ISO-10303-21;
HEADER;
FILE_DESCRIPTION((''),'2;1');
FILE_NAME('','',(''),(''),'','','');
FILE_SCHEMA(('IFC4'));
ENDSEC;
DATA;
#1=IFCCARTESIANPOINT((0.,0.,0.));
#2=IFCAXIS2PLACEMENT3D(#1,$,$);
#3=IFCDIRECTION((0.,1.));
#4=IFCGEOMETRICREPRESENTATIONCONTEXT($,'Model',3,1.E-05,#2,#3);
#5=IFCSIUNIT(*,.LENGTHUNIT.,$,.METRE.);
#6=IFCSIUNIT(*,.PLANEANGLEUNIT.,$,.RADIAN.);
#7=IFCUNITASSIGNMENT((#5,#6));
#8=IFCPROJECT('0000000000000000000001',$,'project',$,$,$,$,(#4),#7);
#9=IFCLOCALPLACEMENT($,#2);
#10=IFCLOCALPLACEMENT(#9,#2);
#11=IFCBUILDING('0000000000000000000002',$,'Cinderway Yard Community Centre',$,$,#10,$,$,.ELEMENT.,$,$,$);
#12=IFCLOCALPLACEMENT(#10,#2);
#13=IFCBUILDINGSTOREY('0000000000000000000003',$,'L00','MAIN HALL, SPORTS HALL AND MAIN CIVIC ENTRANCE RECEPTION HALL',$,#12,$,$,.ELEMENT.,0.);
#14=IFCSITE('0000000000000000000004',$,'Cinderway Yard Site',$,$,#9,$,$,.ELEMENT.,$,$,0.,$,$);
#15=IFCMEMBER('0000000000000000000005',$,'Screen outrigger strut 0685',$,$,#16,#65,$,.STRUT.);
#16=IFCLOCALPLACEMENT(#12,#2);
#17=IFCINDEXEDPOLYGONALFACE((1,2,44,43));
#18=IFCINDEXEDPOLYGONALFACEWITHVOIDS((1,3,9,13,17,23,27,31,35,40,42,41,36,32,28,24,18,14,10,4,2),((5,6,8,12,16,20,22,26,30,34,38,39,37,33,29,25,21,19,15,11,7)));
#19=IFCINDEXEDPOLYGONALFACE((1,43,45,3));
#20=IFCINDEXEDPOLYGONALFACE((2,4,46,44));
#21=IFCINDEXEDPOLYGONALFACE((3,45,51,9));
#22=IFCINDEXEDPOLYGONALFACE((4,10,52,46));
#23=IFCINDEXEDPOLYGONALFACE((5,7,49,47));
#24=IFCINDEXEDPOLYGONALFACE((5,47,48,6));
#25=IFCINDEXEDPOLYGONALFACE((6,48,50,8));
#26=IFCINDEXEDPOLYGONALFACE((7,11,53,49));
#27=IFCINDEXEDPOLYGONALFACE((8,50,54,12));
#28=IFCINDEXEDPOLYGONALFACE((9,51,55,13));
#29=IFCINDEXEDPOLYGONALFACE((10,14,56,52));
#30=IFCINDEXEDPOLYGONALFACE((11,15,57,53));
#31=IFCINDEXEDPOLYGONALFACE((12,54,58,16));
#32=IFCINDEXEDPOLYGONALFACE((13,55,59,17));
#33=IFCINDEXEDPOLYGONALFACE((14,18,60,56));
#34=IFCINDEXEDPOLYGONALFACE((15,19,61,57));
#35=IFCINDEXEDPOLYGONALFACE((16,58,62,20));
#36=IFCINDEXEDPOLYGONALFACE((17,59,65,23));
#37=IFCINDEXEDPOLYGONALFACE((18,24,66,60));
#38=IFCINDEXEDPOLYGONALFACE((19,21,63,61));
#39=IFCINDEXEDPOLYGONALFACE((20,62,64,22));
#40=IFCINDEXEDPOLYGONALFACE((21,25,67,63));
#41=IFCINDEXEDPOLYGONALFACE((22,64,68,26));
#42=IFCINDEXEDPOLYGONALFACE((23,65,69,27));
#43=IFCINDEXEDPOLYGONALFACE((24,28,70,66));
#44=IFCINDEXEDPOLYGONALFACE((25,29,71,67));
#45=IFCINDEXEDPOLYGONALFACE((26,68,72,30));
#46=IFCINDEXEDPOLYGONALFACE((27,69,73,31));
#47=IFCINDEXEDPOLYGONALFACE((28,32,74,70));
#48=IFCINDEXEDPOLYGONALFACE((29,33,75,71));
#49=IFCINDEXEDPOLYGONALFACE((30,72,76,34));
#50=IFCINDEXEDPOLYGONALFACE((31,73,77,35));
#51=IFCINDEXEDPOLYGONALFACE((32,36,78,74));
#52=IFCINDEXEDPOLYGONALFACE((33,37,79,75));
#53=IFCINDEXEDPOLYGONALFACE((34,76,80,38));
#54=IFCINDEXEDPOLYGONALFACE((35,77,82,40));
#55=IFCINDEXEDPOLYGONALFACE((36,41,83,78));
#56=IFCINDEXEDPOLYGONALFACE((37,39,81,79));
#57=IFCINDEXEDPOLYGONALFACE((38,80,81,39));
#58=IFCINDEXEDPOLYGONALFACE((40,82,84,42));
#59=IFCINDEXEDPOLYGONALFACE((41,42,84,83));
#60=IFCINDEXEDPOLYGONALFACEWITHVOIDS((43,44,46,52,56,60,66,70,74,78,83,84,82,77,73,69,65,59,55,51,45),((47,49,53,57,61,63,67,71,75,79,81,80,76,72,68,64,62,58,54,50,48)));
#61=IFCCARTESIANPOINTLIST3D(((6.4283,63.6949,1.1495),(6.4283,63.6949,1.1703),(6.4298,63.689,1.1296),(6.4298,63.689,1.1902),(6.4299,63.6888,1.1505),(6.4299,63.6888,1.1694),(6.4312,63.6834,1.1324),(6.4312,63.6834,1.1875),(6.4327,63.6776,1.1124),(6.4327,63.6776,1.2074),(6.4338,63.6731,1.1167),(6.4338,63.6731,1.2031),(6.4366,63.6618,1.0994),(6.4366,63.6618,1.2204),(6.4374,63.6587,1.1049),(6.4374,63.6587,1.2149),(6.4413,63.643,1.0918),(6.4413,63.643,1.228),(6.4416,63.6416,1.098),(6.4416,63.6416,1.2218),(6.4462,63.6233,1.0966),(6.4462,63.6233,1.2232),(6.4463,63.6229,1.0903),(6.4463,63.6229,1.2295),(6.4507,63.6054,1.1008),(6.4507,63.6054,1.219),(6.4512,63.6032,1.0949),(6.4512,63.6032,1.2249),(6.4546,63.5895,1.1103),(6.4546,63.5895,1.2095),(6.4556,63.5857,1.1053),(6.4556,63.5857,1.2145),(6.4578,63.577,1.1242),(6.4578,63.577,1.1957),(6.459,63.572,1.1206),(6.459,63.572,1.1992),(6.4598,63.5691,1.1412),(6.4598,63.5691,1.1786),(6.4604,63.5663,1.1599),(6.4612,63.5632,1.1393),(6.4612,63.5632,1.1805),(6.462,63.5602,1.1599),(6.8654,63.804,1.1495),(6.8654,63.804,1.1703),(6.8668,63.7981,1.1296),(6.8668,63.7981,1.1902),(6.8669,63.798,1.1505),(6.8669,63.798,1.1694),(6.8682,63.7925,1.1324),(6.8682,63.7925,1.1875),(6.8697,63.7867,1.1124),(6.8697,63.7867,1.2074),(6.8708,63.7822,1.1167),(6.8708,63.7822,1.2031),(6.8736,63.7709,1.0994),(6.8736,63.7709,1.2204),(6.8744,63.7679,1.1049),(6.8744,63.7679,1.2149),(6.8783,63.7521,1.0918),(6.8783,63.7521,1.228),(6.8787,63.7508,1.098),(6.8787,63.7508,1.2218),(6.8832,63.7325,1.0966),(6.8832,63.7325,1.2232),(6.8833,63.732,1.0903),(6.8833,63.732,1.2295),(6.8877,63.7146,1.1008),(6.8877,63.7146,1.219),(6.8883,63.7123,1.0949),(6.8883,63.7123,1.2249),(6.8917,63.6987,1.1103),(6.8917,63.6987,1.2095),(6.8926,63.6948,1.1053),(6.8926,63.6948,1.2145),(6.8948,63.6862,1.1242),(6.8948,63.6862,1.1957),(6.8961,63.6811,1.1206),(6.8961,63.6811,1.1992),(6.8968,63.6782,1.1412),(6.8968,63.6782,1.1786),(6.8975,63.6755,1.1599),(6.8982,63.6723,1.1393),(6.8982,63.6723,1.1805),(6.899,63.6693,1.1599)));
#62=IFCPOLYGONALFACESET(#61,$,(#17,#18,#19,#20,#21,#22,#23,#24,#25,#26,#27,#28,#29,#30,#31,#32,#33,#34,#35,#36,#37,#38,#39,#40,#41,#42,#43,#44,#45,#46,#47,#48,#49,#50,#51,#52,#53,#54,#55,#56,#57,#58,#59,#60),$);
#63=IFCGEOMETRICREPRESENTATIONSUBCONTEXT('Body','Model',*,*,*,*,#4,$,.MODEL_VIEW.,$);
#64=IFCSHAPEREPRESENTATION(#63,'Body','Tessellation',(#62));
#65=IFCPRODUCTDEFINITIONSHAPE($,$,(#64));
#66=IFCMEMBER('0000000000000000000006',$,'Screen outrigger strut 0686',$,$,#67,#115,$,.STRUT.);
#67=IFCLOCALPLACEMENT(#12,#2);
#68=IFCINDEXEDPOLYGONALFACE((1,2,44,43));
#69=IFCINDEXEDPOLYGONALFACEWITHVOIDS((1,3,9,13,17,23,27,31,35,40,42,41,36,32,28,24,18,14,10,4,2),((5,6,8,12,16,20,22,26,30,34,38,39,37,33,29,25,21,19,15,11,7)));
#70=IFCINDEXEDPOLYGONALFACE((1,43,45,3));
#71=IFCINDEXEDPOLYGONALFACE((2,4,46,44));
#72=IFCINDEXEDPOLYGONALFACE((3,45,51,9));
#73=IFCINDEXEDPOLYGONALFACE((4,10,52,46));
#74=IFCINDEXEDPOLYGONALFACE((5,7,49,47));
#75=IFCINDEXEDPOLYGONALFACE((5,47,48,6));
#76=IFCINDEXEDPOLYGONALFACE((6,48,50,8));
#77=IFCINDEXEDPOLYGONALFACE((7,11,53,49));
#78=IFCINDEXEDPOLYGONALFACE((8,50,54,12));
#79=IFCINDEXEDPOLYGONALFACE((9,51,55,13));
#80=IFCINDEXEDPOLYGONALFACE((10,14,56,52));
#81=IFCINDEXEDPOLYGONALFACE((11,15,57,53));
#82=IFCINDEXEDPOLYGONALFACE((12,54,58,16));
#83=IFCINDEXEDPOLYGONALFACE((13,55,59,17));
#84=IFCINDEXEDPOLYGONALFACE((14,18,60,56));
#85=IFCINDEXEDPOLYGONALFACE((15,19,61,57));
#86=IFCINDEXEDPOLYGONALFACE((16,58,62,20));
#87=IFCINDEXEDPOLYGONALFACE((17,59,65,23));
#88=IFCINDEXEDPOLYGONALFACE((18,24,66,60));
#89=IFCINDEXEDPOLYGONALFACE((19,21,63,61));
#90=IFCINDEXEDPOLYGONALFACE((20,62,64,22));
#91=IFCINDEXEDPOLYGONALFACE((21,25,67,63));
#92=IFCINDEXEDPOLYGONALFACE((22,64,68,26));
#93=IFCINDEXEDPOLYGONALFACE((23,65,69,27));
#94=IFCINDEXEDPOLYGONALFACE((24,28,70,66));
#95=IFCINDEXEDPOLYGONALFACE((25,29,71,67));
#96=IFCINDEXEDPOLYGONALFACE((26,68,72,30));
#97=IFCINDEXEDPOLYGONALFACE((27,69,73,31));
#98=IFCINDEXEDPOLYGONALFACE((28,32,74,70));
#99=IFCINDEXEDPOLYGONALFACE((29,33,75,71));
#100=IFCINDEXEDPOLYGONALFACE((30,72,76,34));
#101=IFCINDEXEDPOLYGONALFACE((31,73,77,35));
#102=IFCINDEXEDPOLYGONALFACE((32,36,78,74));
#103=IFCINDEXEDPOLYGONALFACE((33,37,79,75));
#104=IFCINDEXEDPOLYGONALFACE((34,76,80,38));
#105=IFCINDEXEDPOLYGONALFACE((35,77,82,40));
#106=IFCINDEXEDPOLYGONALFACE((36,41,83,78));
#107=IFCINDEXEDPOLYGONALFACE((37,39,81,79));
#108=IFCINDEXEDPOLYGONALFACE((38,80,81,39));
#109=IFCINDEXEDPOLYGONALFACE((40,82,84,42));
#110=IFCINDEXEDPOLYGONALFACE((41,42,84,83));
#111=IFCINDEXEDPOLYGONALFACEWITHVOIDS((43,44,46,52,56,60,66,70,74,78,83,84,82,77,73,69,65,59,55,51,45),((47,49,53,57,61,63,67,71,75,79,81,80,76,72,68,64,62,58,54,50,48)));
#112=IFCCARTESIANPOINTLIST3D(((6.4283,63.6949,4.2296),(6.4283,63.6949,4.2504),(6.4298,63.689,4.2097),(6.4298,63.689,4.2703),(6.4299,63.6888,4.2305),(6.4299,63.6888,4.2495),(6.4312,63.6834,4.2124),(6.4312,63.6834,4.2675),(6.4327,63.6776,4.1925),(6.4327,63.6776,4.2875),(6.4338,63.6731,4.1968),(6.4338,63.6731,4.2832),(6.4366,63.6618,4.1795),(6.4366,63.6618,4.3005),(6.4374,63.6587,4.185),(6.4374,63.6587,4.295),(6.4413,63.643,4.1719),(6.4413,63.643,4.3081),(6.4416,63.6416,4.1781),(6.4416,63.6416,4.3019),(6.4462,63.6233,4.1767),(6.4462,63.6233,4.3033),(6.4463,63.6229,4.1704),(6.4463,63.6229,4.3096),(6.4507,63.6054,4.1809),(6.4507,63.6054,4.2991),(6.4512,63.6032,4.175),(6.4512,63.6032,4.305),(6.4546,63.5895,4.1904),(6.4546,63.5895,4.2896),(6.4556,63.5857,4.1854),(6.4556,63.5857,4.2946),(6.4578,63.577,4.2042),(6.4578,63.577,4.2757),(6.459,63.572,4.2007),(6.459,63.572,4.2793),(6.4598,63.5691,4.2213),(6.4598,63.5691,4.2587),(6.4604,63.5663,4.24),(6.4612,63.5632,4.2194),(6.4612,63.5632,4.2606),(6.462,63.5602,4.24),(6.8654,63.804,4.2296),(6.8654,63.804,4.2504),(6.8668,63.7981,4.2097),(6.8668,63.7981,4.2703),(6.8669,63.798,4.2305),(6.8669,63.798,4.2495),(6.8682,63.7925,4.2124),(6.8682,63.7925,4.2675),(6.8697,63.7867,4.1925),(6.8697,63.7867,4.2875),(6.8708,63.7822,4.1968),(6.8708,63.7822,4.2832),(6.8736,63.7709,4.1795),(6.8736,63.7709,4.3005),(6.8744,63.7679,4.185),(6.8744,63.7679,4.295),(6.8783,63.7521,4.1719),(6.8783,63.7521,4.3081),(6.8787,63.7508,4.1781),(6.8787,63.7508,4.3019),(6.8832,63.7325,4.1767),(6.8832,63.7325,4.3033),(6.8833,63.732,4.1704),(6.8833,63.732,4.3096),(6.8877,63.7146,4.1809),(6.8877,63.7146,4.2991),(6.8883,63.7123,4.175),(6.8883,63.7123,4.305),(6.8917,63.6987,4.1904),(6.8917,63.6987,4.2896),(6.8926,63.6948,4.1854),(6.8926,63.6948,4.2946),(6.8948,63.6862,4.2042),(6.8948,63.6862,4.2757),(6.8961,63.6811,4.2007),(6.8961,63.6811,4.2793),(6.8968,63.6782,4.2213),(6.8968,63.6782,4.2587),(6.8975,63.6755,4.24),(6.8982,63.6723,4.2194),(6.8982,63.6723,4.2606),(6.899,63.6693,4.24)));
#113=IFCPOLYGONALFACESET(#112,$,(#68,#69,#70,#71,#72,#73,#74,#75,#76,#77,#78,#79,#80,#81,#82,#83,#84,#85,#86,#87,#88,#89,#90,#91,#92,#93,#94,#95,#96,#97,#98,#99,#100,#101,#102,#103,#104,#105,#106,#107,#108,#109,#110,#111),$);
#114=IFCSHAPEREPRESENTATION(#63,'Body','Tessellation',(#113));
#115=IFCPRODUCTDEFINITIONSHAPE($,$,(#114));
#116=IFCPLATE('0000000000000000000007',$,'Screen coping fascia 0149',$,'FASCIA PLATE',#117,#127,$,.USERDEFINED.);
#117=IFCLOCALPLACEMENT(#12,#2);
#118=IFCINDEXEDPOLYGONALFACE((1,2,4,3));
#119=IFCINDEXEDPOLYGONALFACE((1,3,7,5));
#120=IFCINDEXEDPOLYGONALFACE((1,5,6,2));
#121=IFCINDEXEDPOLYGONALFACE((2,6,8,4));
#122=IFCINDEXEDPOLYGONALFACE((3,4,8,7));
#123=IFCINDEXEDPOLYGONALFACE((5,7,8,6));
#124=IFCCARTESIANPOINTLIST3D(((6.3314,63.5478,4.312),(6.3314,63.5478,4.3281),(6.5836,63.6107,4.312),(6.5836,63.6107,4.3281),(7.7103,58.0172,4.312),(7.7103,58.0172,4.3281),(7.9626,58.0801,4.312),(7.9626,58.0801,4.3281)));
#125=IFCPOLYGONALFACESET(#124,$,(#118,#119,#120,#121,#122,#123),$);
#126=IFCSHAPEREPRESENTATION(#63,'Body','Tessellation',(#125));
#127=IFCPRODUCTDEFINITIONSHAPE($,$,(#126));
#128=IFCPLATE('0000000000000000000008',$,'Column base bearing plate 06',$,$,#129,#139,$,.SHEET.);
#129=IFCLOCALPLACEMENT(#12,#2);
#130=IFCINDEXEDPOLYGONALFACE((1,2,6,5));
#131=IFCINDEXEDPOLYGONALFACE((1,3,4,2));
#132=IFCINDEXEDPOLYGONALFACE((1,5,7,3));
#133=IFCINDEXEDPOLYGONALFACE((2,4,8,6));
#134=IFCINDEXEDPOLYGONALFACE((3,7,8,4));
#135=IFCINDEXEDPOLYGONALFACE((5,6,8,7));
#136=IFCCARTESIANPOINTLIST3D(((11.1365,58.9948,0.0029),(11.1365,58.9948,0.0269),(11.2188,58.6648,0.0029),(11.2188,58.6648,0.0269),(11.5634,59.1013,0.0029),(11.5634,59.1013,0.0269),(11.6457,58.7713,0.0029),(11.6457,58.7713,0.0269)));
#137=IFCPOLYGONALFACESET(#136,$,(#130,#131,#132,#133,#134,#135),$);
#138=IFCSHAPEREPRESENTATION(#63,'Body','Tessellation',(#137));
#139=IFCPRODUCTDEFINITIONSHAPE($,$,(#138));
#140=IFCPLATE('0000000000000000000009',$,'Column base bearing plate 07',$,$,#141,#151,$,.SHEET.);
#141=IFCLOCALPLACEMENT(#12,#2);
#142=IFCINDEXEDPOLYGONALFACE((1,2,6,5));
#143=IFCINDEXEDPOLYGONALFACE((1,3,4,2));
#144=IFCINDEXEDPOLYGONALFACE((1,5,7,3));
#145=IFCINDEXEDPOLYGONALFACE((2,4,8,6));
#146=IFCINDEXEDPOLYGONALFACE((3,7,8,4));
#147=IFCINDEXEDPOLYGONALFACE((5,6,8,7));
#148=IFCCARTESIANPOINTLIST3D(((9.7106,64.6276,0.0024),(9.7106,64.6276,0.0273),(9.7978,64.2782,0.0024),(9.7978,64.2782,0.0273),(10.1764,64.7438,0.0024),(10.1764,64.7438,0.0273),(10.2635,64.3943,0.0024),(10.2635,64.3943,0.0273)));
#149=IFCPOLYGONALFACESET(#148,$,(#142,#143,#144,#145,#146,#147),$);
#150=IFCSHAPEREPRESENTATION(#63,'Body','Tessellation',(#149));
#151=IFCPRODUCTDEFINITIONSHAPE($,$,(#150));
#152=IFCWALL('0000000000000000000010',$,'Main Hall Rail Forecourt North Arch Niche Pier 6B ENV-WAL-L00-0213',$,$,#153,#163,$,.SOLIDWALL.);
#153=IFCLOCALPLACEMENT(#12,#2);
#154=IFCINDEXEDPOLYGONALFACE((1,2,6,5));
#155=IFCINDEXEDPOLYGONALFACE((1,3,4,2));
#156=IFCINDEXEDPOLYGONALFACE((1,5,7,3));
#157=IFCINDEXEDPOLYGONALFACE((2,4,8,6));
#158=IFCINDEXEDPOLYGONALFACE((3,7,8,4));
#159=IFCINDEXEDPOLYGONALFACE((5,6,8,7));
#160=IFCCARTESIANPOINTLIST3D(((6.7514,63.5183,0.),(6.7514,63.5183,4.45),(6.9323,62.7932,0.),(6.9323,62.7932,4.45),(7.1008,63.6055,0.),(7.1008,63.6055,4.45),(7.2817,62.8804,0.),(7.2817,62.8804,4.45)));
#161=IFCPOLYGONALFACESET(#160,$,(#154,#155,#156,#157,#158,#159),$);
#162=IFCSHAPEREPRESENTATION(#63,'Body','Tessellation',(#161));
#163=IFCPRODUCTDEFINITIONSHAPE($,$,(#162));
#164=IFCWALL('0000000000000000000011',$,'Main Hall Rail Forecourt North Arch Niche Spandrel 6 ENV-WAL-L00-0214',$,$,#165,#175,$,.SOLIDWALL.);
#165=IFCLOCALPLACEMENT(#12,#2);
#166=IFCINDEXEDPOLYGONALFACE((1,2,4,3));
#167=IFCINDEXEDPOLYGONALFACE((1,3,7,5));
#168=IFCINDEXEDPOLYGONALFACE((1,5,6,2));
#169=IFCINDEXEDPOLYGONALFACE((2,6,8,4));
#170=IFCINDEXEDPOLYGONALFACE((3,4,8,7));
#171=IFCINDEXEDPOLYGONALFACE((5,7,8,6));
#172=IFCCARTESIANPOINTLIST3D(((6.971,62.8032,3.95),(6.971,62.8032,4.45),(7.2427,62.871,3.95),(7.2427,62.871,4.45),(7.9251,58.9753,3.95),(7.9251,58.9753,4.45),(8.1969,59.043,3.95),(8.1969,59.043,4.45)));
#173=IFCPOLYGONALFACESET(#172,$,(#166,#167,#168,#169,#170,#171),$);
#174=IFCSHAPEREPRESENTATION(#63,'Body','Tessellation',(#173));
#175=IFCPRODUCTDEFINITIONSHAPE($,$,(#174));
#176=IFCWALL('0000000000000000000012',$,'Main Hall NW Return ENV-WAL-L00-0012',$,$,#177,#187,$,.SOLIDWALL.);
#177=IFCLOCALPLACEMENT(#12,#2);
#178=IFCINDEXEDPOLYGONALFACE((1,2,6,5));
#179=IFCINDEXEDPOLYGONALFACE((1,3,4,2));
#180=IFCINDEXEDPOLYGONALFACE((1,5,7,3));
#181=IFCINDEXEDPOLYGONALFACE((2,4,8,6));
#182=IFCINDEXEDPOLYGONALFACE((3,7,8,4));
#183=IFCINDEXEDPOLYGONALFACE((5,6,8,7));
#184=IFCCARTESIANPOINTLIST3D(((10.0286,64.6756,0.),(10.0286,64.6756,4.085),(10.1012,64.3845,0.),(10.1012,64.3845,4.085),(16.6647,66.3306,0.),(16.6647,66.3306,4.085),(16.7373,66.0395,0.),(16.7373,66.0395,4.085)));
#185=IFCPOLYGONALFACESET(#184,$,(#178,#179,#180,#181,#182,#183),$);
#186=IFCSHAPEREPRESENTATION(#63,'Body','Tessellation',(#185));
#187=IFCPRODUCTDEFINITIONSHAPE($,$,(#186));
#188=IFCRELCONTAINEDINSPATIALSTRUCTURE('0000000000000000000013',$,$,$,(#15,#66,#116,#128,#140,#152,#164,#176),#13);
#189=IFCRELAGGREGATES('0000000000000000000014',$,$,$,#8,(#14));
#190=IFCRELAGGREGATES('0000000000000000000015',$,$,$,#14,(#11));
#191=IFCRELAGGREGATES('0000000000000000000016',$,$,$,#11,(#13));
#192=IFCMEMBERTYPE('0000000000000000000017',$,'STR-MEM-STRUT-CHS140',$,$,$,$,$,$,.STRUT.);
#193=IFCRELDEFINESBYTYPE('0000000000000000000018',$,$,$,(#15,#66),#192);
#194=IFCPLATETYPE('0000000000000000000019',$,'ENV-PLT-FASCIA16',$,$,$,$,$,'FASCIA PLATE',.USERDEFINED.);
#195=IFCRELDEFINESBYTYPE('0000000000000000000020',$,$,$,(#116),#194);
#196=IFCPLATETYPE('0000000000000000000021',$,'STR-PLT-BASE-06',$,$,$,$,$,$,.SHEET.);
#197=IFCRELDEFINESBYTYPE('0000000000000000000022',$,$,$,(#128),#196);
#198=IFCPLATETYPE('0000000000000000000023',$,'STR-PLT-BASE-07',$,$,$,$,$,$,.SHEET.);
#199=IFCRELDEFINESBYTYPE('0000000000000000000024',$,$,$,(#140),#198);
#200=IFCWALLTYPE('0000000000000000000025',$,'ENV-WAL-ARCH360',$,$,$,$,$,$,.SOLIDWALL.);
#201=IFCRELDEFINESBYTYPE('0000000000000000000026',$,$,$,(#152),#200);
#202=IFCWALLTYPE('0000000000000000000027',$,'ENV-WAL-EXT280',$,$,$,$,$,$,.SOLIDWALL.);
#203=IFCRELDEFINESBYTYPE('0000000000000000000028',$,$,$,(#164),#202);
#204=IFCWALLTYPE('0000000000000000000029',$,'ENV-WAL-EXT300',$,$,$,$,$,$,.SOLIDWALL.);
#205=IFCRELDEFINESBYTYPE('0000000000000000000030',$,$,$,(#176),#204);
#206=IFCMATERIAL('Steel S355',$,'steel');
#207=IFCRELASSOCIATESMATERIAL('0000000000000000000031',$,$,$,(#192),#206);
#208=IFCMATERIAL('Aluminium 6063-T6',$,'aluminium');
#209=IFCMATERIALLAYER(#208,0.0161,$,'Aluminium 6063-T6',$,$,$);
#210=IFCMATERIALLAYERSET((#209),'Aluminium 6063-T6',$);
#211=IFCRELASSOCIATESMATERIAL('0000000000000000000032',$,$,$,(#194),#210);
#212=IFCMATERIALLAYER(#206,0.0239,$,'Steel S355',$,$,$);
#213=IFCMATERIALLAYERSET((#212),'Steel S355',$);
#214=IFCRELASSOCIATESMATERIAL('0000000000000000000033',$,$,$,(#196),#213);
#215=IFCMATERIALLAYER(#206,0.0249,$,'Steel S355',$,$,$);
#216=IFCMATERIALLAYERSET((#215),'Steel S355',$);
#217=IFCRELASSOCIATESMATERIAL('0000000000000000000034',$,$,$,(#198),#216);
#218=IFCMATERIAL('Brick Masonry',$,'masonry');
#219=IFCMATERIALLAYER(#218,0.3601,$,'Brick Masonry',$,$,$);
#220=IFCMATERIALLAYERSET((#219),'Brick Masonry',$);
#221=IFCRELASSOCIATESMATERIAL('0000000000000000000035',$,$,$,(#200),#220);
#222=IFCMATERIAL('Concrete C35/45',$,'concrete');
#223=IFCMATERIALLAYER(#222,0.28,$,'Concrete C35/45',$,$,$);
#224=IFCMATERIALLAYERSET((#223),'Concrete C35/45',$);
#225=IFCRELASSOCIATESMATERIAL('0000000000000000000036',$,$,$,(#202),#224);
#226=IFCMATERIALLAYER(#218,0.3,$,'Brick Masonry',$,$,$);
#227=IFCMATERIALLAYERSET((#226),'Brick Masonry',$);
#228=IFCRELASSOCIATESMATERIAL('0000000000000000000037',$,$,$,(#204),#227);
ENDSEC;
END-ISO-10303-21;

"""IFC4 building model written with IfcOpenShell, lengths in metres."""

from ifc_helpers import new_model, si_unit, direction, frame, frame_2d, origin, origin_2d, place, context, subcontext, project, spatial, rectangle, hollow_circle, extrude, material, layer, layer_set, material_profile, profile_set, type_object, element, save


model = new_model("IFC4")

# Units and contexts
model_context = context("Model", 3, precision=1e-05, world=origin(), true_north=direction((0.0, 1.0)))
body_context = subcontext(model_context, "Body", "Model", "MODEL_VIEW")
ifc_project = project(units=[si_unit("LENGTHUNIT", "METRE"), si_unit("PLANEANGLEUNIT", "RADIAN")], contexts=[model_context])

# Site, building, storey
site_placement = place(None, origin())
site = spatial("IfcSite", under=ifc_project, at=site_placement, Name="Cinderway Yard Site", CompositionType="ELEMENT", RefElevation=0.0)
building_placement = place(site_placement, origin())
building = spatial("IfcBuilding", under=site, at=building_placement, Name="Cinderway Yard Community Centre", CompositionType="ELEMENT")
storey_placement = place(building_placement, origin())
storey = spatial("IfcBuildingStorey", under=building, at=storey_placement, Name="L00", Description="MAIN HALL, SPORTS HALL AND MAIN CIVIC ENTRANCE RECEPTION HALL", CompositionType="ELEMENT", Elevation=0.0)

# Members
ifc_material_1 = material(Name="Steel S355", Category="steel")
ifc_material_profile_1 = material_profile(ifc_material_1, hollow_circle(Radius=0.0698, WallThickness=0.0063, at=origin_2d()), Name="Steel S355")
ifc_profile_set_1 = profile_set([ifc_material_profile_1], Name="Steel S355")
member_type_1 = type_object("IfcMemberType", Name="STR-MEM-STRUT-CHS140", PredefinedType="STRUT", material=ifc_profile_set_1)
for number, where, z_axis, x_axis, name in (
    (1, (6.8821, 63.7371, 1.1599), (-0.970206, -0.242281, 0.0), (0.242281, -0.970206, 0.0), "Screen outrigger strut 0685"),
    (2, (6.8821, 63.7371, 4.24), (-0.970206, -0.242281, 0.0), (0.242281, -0.970206, 0.0), "Screen outrigger strut 0686"),
):
    element("IfcMember", number, at=place(storey_placement, frame(where, z_axis=z_axis, x_axis=x_axis)), inside=storey, type_object=member_type_1, Name=name, PredefinedType="STRUT", context=body_context, shape_type="SweptSolid", body=[
        extrude(hollow_circle(Radius=0.0698, WallThickness=0.0063, at=origin_2d()), origin(), (0.0, 0.0, 1.0), 0.4504),
    ])

# Plates
ifc_material_2 = material(Name="Aluminium 6063-T6", Category="aluminium")
ifc_layer_1 = layer(ifc_material_2, 0.0161, Name="Aluminium 6063-T6")
ifc_layer_set_1 = layer_set([ifc_layer_1], Name="Aluminium 6063-T6")
plate_type_1 = type_object("IfcPlateType", Name="ENV-PLT-FASCIA16", ElementType="FASCIA PLATE", PredefinedType="USERDEFINED", material=ifc_layer_set_1)
plate_1_placement = place(storey_placement, frame((7.147, 60.814, 4.312), z_axis=(0.0, 0.0, 1.0), x_axis=(-0.241922, 0.970296, 0.0)))
element("IfcPlate", 3, at=plate_1_placement, inside=storey, type_object=plate_type_1, Name="Screen coping fascia 0149", ObjectType="FASCIA PLATE", PredefinedType="USERDEFINED", context=body_context, shape_type="SweptSolid", body=[
    extrude(rectangle(XDim=5.7, YDim=0.26, at=origin_2d()), origin(), (0.0, 0.0, 1.0), 0.0161),
])
ifc_layer_2 = layer(ifc_material_1, 0.0239, Name="Steel S355")
ifc_layer_set_2 = layer_set([ifc_layer_2], Name="Steel S355")
plate_type_2 = type_object("IfcPlateType", Name="STR-PLT-BASE-06", PredefinedType="SHEET", material=ifc_layer_set_2)
plate_2_placement = place(storey_placement, frame((11.3911, 58.8831, 0.0029), z_axis=(0.0, 0.0, 1.0), x_axis=(0.970296, 0.241922, 0.0)))
element("IfcPlate", 4, at=plate_2_placement, inside=storey, type_object=plate_type_2, Name="Column base bearing plate 06", PredefinedType="SHEET", context=body_context, shape_type="SweptSolid", body=[
    extrude(rectangle(XDim=0.4399, YDim=0.3401, at=origin_2d()), origin(), (0.0, 0.0, 1.0), 0.0239),
])
ifc_layer_3 = layer(ifc_material_1, 0.0249, Name="Steel S355")
ifc_layer_set_3 = layer_set([ifc_layer_3], Name="Steel S355")
plate_type_3 = type_object("IfcPlateType", Name="STR-PLT-BASE-07", PredefinedType="SHEET", material=ifc_layer_set_3)
plate_3_placement = place(storey_placement, frame((9.9871, 64.511, 0.0024), z_axis=(0.0, 0.0, 1.0), x_axis=(0.970296, 0.241922, 0.0)))
element("IfcPlate", 5, at=plate_3_placement, inside=storey, type_object=plate_type_3, Name="Column base bearing plate 07", PredefinedType="SHEET", context=body_context, shape_type="SweptSolid", body=[
    extrude(rectangle(XDim=0.48, YDim=0.3601, at=origin_2d()), origin(), (0.0, 0.0, 1.0), 0.0249),
])

# Walls
ifc_material_3 = material(Name="Brick Masonry", Category="masonry")
ifc_layer_4 = layer(ifc_material_3, 0.3601, Name="Brick Masonry")
ifc_layer_set_4 = layer_set([ifc_layer_4], Name="Brick Masonry")
wall_type_1 = type_object("IfcWallType", Name="ENV-WAL-ARCH360", PredefinedType="SOLIDWALL", material=ifc_layer_set_4)
wall_1_placement = place(storey_placement, frame((7.1069, 62.8369, 0.0), z_axis=(0.0, 0.0, 1.0), x_axis=(-0.242074, 0.970258, 0.0)))
element("IfcWall", 6, at=wall_1_placement, inside=storey, type_object=wall_type_1, Name="Main Hall Rail Forecourt North Arch Niche Pier 6B ENV-WAL-L00-0213", PredefinedType="SOLIDWALL", context=body_context, shape_type="SweptSolid", body=[
    extrude(rectangle(XDim=0.7473, YDim=0.3601, at=frame_2d((0.3735, 0.0))), origin(), (0.0, 0.0, 1.0), 4.45),
])
ifc_material_4 = material(Name="Concrete C35/45", Category="concrete")
ifc_layer_5 = layer(ifc_material_4, 0.28, Name="Concrete C35/45")
ifc_layer_set_5 = layer_set([ifc_layer_5], Name="Concrete C35/45")
wall_type_2 = type_object("IfcWallType", Name="ENV-WAL-EXT280", PredefinedType="SOLIDWALL", material=ifc_layer_set_5)
wall_2_placement = place(storey_placement, frame((8.061, 59.009, 3.95), z_axis=(0.0, 0.0, 1.0), x_axis=(-0.241851, 0.970313, 0.0)))
element("IfcWall", 7, at=wall_2_placement, inside=storey, type_object=wall_type_2, Name="Main Hall Rail Forecourt North Arch Niche Spandrel 6 ENV-WAL-L00-0214", PredefinedType="SOLIDWALL", context=body_context, shape_type="SweptSolid", body=[
    extrude(rectangle(XDim=3.9451, YDim=0.28, at=frame_2d((1.9727, 0.0))), origin(), (0.0, 0.0, 1.0), 0.5),
])
ifc_layer_6 = layer(ifc_material_3, 0.3, Name="Brick Masonry")
ifc_layer_set_6 = layer_set([ifc_layer_6], Name="Brick Masonry")
wall_type_3 = type_object("IfcWallType", Name="ENV-WAL-EXT300", PredefinedType="SOLIDWALL", material=ifc_layer_set_6)
wall_3_placement = place(storey_placement, frame((10.0649, 64.53, 0.0), z_axis=(0.0, 0.0, 1.0), x_axis=(0.970279, 0.24199, 0.0)))
element("IfcWall", 8, at=wall_3_placement, inside=storey, type_object=wall_type_3, Name="Main Hall NW Return ENV-WAL-L00-0012", PredefinedType="SOLIDWALL", context=body_context, shape_type="SweptSolid", body=[
    extrude(rectangle(XDim=6.8394, YDim=0.3, at=frame_2d((3.4197, 0.0))), origin(), (0.0, 0.0, 1.0), 4.085),
])

save(model, "model.ifc")
